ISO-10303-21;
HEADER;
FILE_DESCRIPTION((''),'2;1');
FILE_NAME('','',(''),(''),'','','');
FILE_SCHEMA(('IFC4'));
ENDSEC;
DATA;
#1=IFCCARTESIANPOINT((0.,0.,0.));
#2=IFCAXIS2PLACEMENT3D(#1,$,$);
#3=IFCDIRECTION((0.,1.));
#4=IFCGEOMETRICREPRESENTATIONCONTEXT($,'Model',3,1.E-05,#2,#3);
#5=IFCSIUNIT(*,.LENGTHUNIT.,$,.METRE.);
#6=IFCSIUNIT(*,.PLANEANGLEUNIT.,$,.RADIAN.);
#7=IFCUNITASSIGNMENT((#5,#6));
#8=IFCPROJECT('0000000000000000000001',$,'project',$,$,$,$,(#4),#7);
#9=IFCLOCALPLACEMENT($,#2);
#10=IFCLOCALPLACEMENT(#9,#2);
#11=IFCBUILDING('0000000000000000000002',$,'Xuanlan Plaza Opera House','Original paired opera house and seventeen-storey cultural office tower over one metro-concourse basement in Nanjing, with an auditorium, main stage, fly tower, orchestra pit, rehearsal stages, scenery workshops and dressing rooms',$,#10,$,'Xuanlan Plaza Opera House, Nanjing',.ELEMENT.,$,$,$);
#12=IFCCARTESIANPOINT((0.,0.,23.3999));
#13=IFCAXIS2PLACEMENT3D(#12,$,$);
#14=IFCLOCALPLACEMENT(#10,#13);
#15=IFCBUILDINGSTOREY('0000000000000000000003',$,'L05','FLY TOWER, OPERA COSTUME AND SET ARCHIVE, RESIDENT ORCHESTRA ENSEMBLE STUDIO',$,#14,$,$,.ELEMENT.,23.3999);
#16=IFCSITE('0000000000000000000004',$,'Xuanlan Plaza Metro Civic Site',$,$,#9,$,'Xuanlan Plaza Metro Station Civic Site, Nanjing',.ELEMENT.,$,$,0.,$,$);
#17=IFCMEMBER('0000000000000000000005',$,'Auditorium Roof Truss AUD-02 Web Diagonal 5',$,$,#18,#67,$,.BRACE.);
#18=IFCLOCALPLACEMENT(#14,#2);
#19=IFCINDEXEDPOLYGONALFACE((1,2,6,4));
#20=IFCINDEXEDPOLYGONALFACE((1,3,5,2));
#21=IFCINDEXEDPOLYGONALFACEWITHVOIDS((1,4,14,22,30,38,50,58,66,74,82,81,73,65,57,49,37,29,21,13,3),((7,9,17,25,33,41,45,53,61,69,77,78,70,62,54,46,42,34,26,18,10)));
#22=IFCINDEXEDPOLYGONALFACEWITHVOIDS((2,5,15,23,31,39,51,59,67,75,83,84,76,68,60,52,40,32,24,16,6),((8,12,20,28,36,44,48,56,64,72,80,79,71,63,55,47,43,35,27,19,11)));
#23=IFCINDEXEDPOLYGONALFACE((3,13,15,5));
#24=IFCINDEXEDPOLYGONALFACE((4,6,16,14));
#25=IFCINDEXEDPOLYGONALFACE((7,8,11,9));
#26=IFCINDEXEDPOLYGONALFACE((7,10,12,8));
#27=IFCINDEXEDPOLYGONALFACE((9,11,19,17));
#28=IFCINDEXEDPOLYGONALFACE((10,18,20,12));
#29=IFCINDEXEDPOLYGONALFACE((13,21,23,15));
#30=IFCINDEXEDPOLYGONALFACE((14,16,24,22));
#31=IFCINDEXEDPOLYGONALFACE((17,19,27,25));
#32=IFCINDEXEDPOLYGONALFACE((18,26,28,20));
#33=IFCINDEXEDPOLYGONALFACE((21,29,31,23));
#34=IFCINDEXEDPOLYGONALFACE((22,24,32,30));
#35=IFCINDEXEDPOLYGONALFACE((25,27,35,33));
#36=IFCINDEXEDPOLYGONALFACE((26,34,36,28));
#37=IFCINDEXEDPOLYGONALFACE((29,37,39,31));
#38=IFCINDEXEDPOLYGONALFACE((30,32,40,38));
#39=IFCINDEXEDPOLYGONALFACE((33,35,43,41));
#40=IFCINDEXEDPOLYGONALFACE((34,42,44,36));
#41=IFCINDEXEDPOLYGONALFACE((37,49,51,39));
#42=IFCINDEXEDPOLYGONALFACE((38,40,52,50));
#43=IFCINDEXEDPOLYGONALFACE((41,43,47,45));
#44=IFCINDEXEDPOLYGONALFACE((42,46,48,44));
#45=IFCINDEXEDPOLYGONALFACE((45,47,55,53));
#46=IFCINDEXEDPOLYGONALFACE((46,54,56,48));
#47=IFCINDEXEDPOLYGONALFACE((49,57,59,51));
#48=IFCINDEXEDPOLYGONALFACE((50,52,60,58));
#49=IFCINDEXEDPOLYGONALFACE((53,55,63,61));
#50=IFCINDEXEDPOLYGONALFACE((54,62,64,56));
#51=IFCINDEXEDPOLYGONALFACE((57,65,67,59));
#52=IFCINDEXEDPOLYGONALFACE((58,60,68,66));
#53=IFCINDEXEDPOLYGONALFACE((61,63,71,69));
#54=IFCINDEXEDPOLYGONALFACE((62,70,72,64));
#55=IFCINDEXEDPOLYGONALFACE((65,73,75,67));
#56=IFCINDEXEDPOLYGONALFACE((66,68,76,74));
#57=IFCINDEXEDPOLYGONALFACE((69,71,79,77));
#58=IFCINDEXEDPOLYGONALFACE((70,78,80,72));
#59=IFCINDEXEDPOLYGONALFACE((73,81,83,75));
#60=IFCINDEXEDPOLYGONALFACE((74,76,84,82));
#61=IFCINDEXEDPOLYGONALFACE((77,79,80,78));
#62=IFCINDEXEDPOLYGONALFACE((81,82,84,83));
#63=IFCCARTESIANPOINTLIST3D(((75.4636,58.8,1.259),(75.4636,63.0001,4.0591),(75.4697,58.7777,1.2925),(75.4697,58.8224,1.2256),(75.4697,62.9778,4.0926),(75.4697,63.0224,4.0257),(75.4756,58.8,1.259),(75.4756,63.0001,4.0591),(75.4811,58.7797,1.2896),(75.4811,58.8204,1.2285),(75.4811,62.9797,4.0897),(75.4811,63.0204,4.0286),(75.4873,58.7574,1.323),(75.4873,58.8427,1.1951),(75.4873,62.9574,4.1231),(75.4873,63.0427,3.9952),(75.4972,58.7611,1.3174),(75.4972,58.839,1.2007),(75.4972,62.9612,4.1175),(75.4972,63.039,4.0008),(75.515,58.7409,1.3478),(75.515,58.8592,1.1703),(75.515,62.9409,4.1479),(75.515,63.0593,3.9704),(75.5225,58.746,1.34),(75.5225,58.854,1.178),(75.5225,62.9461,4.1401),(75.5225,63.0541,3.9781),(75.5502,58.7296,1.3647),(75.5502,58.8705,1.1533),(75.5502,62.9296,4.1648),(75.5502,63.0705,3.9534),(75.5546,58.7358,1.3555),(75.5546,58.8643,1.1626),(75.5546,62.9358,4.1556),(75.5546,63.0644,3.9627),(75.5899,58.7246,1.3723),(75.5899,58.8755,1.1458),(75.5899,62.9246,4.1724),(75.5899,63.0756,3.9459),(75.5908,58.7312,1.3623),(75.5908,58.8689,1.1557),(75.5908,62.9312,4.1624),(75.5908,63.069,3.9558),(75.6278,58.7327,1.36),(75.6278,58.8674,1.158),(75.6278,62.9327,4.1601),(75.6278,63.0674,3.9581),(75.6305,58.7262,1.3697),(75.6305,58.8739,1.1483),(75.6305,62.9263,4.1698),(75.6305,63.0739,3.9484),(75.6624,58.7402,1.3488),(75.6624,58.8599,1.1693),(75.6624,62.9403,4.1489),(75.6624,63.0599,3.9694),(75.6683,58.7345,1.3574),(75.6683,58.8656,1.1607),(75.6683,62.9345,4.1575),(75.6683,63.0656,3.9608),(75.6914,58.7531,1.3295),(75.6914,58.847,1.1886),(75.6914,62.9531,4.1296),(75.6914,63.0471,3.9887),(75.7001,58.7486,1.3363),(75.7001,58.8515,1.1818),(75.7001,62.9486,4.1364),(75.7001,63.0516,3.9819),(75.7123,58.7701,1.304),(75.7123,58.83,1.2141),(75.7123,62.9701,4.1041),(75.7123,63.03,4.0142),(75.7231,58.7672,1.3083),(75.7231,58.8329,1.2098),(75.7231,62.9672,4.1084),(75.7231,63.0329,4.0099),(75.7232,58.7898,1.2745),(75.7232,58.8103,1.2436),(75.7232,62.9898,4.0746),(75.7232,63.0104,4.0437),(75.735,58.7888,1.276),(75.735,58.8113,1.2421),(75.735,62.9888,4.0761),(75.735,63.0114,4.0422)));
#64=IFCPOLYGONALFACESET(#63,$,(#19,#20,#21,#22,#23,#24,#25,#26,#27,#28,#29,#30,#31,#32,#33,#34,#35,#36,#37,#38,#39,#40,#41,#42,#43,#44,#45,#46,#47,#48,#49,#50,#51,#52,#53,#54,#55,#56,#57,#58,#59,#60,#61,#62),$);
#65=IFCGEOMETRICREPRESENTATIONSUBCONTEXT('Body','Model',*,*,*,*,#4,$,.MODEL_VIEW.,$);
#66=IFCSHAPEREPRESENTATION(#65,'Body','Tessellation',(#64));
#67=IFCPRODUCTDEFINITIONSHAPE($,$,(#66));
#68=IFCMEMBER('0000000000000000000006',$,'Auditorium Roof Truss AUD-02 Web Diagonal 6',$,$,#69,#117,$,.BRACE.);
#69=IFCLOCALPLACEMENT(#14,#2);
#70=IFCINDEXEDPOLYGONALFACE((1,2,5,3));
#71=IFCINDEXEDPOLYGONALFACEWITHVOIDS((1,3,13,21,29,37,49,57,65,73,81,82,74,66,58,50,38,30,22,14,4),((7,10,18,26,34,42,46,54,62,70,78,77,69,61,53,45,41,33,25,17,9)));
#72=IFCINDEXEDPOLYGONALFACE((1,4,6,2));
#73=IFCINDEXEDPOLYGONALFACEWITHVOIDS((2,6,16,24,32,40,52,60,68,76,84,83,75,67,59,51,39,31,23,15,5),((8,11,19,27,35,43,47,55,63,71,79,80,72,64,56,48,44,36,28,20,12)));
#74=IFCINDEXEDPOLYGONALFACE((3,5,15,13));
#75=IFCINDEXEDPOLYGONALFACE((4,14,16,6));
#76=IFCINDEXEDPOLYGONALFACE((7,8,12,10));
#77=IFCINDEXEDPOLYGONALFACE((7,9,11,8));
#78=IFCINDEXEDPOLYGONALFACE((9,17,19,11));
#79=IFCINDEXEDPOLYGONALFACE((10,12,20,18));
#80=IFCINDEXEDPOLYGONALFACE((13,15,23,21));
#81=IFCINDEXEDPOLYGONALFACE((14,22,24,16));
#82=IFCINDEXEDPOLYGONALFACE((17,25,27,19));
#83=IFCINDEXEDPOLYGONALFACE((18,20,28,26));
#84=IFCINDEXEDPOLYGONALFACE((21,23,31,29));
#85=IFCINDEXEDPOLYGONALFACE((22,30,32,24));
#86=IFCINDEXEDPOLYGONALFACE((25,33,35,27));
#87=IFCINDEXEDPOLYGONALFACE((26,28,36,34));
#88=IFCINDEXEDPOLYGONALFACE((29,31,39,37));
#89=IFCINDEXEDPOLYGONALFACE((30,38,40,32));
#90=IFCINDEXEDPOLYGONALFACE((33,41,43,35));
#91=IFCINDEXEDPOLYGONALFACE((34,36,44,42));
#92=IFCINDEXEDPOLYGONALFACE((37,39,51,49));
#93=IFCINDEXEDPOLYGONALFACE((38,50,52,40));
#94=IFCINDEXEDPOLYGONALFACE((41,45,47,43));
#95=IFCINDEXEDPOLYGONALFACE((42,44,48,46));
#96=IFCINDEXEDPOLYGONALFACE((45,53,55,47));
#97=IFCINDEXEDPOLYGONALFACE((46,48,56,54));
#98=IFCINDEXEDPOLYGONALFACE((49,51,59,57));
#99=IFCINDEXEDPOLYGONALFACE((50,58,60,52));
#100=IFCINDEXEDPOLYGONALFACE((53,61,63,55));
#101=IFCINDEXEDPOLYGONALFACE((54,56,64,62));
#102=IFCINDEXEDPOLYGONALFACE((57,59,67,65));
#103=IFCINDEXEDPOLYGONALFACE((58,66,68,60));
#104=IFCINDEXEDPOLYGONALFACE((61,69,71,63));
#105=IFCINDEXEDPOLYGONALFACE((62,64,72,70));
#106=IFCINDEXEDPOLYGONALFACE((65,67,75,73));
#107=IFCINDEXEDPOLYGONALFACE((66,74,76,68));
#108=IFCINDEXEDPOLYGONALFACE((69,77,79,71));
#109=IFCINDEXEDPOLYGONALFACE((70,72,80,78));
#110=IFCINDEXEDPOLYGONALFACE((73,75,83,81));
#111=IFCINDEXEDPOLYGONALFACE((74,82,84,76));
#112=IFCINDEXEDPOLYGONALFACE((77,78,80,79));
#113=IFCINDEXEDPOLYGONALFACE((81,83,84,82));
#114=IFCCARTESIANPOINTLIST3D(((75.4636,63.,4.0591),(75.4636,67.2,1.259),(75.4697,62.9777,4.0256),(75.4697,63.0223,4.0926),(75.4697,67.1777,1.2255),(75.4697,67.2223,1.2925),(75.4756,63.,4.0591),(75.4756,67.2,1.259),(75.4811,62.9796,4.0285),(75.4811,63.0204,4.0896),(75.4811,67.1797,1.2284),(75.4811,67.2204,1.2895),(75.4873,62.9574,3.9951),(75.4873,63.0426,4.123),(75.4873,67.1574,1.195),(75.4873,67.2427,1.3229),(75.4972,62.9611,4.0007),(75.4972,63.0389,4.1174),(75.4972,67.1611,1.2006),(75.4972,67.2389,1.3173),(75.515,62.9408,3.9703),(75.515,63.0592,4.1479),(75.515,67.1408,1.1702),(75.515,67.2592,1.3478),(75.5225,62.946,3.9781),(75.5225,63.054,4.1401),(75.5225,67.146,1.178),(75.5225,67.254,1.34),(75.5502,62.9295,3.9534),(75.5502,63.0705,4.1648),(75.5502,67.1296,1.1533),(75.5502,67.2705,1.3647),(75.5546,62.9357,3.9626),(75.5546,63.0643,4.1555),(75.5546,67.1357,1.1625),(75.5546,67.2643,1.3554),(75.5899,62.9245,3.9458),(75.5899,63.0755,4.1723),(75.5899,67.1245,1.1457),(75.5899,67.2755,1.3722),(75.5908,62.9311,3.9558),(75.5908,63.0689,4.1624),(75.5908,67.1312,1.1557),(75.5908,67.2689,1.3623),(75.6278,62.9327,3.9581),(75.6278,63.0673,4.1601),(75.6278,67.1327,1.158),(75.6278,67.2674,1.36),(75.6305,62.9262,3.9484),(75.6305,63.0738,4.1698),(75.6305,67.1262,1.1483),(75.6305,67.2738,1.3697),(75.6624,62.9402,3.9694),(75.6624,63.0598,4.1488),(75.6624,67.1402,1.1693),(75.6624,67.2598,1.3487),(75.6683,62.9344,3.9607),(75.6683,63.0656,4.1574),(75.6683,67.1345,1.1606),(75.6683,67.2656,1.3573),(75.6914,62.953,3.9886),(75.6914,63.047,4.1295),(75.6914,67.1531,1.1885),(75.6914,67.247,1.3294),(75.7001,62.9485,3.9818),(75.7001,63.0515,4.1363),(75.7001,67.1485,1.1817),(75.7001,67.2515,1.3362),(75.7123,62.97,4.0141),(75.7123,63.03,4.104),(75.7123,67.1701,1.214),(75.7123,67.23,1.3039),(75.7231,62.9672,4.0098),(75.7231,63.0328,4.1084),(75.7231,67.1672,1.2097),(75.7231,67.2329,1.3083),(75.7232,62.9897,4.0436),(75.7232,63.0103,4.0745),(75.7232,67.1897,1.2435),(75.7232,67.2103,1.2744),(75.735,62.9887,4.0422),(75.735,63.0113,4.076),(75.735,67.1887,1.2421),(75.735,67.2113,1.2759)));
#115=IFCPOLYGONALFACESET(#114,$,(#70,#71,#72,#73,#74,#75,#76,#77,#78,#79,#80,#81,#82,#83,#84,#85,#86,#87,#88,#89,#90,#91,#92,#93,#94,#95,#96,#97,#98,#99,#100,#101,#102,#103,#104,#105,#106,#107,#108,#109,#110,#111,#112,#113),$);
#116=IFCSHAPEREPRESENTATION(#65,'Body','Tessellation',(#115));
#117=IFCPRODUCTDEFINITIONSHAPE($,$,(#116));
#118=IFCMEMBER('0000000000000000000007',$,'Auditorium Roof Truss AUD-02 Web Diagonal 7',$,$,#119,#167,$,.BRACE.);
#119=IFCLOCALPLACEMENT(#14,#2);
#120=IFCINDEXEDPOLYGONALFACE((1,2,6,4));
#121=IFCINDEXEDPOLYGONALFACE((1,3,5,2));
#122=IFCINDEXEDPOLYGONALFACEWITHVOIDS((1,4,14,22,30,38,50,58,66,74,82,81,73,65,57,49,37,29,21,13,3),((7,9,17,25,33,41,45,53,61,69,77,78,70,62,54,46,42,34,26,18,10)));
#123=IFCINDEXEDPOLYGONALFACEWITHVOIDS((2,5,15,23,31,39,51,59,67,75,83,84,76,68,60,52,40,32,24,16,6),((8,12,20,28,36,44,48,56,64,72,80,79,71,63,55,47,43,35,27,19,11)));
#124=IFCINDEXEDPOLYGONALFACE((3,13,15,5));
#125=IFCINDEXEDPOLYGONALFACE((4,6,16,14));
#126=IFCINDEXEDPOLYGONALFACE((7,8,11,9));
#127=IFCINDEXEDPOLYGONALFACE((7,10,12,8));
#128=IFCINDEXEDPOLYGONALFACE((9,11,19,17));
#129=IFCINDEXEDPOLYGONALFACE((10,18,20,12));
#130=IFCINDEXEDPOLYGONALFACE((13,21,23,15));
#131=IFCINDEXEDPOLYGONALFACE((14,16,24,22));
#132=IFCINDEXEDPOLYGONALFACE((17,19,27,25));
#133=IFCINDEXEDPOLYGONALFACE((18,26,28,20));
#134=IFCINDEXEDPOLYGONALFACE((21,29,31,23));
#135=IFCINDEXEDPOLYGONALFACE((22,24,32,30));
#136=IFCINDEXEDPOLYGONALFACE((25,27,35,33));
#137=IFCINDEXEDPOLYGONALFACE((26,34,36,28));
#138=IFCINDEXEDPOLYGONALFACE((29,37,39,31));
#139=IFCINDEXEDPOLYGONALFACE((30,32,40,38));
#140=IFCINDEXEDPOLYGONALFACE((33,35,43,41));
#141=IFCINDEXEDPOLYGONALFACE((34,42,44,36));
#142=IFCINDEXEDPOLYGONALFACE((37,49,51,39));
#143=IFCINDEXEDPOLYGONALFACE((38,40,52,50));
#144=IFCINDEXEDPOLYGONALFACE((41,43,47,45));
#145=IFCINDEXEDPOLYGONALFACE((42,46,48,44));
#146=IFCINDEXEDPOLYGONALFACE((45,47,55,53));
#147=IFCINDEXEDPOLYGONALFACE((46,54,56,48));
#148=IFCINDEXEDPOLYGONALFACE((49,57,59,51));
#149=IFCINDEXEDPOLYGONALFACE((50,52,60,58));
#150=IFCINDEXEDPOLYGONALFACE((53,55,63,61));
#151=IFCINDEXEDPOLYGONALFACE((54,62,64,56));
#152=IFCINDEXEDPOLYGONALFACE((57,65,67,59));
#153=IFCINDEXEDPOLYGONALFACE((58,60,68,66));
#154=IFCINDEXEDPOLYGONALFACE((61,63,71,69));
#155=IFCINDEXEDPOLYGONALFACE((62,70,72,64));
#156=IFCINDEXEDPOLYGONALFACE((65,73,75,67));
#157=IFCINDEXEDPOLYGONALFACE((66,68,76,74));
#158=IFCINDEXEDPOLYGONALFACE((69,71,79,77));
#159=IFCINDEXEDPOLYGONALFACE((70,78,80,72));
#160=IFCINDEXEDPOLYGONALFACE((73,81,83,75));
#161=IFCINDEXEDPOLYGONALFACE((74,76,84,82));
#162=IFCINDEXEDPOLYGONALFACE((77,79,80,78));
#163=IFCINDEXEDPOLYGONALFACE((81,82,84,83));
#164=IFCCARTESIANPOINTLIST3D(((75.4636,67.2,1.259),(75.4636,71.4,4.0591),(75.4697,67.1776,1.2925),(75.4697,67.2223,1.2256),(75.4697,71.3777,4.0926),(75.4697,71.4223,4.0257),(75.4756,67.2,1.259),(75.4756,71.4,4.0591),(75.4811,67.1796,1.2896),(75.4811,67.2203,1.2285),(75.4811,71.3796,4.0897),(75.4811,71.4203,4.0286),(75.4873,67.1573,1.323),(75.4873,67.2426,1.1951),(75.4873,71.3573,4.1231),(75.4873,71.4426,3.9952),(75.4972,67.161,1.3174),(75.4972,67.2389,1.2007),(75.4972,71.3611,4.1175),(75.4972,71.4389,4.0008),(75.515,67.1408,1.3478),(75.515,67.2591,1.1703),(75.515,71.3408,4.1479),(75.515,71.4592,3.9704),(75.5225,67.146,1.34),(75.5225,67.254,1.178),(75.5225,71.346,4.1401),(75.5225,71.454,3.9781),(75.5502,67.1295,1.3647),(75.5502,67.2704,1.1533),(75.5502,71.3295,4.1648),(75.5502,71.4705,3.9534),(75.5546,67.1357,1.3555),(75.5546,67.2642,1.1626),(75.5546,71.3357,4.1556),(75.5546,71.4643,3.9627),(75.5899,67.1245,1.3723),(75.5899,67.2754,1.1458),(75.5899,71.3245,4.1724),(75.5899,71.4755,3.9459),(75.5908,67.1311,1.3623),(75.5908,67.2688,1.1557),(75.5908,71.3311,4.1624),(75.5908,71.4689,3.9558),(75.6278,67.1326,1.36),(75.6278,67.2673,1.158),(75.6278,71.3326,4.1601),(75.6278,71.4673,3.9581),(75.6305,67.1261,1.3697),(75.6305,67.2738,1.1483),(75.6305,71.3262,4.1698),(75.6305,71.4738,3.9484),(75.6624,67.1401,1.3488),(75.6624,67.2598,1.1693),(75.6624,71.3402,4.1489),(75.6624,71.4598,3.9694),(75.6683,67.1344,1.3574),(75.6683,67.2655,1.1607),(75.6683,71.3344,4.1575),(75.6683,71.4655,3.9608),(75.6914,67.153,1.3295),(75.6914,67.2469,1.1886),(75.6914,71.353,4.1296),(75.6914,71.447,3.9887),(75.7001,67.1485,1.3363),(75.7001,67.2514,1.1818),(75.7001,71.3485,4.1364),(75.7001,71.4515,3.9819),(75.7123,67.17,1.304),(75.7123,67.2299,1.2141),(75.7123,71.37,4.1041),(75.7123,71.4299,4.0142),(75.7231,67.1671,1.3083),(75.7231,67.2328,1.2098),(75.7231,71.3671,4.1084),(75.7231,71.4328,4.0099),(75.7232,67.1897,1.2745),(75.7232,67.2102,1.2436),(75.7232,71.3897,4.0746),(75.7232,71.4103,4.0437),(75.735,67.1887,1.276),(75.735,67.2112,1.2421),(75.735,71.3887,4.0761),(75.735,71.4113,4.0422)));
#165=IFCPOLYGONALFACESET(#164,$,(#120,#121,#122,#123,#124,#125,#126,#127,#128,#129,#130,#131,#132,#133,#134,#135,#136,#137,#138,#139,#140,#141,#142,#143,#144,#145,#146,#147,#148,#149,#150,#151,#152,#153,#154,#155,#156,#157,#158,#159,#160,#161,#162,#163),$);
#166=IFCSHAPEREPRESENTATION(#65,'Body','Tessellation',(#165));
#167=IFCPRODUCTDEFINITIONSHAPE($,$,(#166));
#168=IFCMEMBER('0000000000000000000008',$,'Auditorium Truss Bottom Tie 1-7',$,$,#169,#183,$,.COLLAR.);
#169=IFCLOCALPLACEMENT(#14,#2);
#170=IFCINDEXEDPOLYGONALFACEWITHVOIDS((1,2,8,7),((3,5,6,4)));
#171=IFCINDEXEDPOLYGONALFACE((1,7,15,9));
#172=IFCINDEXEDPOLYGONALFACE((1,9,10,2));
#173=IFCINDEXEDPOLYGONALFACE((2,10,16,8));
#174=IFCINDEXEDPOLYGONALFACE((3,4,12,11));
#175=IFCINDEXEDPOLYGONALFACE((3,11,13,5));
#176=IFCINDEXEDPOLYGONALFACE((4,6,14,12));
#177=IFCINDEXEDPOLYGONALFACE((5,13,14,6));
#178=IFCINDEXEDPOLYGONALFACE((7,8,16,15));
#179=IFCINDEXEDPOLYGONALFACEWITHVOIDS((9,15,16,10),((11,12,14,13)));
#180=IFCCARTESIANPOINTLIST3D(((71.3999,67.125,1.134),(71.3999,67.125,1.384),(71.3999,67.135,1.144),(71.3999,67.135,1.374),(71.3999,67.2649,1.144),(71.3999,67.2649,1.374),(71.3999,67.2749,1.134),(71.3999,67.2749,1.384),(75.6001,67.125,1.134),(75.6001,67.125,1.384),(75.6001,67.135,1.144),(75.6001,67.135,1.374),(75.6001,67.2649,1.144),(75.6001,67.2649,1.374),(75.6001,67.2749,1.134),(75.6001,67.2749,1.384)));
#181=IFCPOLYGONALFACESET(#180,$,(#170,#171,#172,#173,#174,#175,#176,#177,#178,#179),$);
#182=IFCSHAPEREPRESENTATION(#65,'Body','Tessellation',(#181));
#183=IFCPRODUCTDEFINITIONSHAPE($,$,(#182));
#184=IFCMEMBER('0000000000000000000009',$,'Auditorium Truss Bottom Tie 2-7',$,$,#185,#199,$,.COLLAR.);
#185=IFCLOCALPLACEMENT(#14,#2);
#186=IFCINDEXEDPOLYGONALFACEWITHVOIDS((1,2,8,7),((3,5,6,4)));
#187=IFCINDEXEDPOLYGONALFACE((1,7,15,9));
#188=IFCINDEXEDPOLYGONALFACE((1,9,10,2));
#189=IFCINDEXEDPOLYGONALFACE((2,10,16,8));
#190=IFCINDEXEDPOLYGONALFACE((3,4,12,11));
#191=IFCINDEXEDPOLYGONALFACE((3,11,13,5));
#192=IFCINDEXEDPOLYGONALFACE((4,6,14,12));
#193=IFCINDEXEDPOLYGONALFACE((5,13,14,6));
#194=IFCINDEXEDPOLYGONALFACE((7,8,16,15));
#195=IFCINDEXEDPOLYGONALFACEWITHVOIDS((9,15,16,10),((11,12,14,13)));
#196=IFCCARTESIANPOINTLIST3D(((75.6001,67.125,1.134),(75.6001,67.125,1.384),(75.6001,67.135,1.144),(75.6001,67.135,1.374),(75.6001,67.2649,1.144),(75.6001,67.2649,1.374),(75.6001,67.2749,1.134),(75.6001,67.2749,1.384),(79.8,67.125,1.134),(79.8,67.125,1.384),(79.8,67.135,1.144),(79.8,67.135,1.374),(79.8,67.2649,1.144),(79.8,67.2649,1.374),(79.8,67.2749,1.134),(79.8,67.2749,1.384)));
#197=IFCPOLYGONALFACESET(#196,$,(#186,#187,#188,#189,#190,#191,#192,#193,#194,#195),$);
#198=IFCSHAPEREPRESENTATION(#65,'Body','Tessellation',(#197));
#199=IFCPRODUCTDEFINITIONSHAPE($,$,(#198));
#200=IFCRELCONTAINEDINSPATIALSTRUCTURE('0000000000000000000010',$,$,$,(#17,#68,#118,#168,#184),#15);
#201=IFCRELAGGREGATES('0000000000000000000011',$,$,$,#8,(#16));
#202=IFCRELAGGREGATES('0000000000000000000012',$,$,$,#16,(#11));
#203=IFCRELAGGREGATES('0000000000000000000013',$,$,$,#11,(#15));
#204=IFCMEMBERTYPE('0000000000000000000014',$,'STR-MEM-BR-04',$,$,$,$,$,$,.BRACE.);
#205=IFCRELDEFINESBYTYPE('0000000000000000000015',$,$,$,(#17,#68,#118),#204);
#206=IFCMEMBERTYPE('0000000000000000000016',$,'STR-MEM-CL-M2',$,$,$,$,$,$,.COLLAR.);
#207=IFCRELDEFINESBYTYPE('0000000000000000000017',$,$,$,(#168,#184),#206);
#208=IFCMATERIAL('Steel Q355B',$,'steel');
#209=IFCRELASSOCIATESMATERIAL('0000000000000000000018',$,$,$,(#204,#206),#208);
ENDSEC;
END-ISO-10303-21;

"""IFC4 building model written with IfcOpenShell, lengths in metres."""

from ifc_helpers import new_model, si_unit, direction, frame, origin, origin_2d, place, context, subcontext, project, spatial, hollow_rectangle, hollow_circle, extrude, material, material_profile, profile_set, type_object, element, save


model = new_model("IFC4")

# Units and contexts
model_context = context("Model", 3, precision=1e-05, world=origin(), true_north=direction((0.0, 1.0)))
body_context = subcontext(model_context, "Body", "Model", "MODEL_VIEW")
ifc_project = project(units=[si_unit("LENGTHUNIT", "METRE"), si_unit("PLANEANGLEUNIT", "RADIAN")], contexts=[model_context])

# Site, building, storey
site_placement = place(None, origin())
site = spatial("IfcSite", under=ifc_project, at=site_placement, Name="Xuanlan Plaza Metro Civic Site", LongName="Xuanlan Plaza Metro Station Civic Site, Nanjing", CompositionType="ELEMENT", RefElevation=0.0)
building_placement = place(site_placement, origin())
building = spatial("IfcBuilding", under=site, at=building_placement, Name="Xuanlan Plaza Opera House", Description="Original paired opera house and seventeen-storey cultural office tower over one metro-concourse basement in Nanjing, with an auditorium, main stage, fly tower, orchestra pit, rehearsal stages, scenery workshops and dressing rooms", LongName="Xuanlan Plaza Opera House, Nanjing", CompositionType="ELEMENT")
storey_placement = place(building_placement, frame((0.0, 0.0, 23.3999)))
storey = spatial("IfcBuildingStorey", under=building, at=storey_placement, Name="L05", Description="FLY TOWER, OPERA COSTUME AND SET ARCHIVE, RESIDENT ORCHESTRA ENSEMBLE STUDIO", CompositionType="ELEMENT", Elevation=23.3999)

# Members
ifc_material_1 = material(Name="Steel Q355B", Category="steel")
ifc_material_profile_1 = material_profile(ifc_material_1, hollow_circle(Radius=0.1365, WallThickness=0.012, at=origin_2d()), Name="CHS 273x12")
ifc_profile_set_1 = profile_set([ifc_material_profile_1], Name="Steel Q355B")
member_type_1 = type_object("IfcMemberType", Name="STR-MEM-BR-04", PredefinedType="BRACE", material=ifc_profile_set_1)
for number, where, z_axis, x_axis, name in (
    (1, (75.6001, 58.8, 1.259), (0.0, 0.832043, 0.554711), (-1.0, 0.0, 0.0), "Auditorium Roof Truss AUD-02 Web Diagonal 5"),
    (2, (75.6001, 63.0, 4.0591), (0.0, 0.832043, -0.554711), (-1.0, 0.0, 0.0), "Auditorium Roof Truss AUD-02 Web Diagonal 6"),
    (3, (75.6001, 67.2, 1.259), (0.0, 0.832043, 0.554711), (-1.0, 0.0, 0.0), "Auditorium Roof Truss AUD-02 Web Diagonal 7"),
):
    element("IfcMember", number, at=place(storey_placement, frame(where, z_axis=z_axis, x_axis=x_axis)), inside=storey, type_object=member_type_1, Name=name, PredefinedType="BRACE", context=body_context, shape_type="SweptSolid", body=[
        extrude(hollow_circle(Radius=0.1365, WallThickness=0.012, at=origin_2d()), origin(), (0.0, 0.0, 1.0), 5.0479),
    ])
ifc_material_profile_2 = material_profile(ifc_material_1, hollow_rectangle(XDim=0.1499, YDim=0.25, WallThickness=0.01, at=origin_2d()), Name="RHS 250x150x10")
ifc_profile_set_2 = profile_set([ifc_material_profile_2], Name="Steel Q355B")
member_type_2 = type_object("IfcMemberType", Name="STR-MEM-CL-M2", PredefinedType="COLLAR", material=ifc_profile_set_2)
member_1_placement = place(storey_placement, frame((71.3999, 67.2, 1.259), z_axis=(1.0, 0.0, 0.0), x_axis=(0.0, 1.0, 0.0)))
element("IfcMember", 4, at=member_1_placement, inside=storey, type_object=member_type_2, Name="Auditorium Truss Bottom Tie 1-7", PredefinedType="COLLAR", context=body_context, shape_type="SweptSolid", body=[
    extrude(hollow_rectangle(XDim=0.1499, YDim=0.25, WallThickness=0.01, at=origin_2d()), origin(), (0.0, 0.0, 1.0), 4.2002),
])
member_2_placement = place(storey_placement, frame((75.6001, 67.2, 1.259), z_axis=(1.0, 0.0, 0.0), x_axis=(0.0, 1.0, 0.0)))
element("IfcMember", 5, at=member_2_placement, inside=storey, type_object=member_type_2, Name="Auditorium Truss Bottom Tie 2-7", PredefinedType="COLLAR", context=body_context, shape_type="SweptSolid", body=[
    extrude(hollow_rectangle(XDim=0.1499, YDim=0.25, WallThickness=0.01, at=origin_2d()), origin(), (0.0, 0.0, 1.0), 4.2),
])

save(model, "model.ifc")
